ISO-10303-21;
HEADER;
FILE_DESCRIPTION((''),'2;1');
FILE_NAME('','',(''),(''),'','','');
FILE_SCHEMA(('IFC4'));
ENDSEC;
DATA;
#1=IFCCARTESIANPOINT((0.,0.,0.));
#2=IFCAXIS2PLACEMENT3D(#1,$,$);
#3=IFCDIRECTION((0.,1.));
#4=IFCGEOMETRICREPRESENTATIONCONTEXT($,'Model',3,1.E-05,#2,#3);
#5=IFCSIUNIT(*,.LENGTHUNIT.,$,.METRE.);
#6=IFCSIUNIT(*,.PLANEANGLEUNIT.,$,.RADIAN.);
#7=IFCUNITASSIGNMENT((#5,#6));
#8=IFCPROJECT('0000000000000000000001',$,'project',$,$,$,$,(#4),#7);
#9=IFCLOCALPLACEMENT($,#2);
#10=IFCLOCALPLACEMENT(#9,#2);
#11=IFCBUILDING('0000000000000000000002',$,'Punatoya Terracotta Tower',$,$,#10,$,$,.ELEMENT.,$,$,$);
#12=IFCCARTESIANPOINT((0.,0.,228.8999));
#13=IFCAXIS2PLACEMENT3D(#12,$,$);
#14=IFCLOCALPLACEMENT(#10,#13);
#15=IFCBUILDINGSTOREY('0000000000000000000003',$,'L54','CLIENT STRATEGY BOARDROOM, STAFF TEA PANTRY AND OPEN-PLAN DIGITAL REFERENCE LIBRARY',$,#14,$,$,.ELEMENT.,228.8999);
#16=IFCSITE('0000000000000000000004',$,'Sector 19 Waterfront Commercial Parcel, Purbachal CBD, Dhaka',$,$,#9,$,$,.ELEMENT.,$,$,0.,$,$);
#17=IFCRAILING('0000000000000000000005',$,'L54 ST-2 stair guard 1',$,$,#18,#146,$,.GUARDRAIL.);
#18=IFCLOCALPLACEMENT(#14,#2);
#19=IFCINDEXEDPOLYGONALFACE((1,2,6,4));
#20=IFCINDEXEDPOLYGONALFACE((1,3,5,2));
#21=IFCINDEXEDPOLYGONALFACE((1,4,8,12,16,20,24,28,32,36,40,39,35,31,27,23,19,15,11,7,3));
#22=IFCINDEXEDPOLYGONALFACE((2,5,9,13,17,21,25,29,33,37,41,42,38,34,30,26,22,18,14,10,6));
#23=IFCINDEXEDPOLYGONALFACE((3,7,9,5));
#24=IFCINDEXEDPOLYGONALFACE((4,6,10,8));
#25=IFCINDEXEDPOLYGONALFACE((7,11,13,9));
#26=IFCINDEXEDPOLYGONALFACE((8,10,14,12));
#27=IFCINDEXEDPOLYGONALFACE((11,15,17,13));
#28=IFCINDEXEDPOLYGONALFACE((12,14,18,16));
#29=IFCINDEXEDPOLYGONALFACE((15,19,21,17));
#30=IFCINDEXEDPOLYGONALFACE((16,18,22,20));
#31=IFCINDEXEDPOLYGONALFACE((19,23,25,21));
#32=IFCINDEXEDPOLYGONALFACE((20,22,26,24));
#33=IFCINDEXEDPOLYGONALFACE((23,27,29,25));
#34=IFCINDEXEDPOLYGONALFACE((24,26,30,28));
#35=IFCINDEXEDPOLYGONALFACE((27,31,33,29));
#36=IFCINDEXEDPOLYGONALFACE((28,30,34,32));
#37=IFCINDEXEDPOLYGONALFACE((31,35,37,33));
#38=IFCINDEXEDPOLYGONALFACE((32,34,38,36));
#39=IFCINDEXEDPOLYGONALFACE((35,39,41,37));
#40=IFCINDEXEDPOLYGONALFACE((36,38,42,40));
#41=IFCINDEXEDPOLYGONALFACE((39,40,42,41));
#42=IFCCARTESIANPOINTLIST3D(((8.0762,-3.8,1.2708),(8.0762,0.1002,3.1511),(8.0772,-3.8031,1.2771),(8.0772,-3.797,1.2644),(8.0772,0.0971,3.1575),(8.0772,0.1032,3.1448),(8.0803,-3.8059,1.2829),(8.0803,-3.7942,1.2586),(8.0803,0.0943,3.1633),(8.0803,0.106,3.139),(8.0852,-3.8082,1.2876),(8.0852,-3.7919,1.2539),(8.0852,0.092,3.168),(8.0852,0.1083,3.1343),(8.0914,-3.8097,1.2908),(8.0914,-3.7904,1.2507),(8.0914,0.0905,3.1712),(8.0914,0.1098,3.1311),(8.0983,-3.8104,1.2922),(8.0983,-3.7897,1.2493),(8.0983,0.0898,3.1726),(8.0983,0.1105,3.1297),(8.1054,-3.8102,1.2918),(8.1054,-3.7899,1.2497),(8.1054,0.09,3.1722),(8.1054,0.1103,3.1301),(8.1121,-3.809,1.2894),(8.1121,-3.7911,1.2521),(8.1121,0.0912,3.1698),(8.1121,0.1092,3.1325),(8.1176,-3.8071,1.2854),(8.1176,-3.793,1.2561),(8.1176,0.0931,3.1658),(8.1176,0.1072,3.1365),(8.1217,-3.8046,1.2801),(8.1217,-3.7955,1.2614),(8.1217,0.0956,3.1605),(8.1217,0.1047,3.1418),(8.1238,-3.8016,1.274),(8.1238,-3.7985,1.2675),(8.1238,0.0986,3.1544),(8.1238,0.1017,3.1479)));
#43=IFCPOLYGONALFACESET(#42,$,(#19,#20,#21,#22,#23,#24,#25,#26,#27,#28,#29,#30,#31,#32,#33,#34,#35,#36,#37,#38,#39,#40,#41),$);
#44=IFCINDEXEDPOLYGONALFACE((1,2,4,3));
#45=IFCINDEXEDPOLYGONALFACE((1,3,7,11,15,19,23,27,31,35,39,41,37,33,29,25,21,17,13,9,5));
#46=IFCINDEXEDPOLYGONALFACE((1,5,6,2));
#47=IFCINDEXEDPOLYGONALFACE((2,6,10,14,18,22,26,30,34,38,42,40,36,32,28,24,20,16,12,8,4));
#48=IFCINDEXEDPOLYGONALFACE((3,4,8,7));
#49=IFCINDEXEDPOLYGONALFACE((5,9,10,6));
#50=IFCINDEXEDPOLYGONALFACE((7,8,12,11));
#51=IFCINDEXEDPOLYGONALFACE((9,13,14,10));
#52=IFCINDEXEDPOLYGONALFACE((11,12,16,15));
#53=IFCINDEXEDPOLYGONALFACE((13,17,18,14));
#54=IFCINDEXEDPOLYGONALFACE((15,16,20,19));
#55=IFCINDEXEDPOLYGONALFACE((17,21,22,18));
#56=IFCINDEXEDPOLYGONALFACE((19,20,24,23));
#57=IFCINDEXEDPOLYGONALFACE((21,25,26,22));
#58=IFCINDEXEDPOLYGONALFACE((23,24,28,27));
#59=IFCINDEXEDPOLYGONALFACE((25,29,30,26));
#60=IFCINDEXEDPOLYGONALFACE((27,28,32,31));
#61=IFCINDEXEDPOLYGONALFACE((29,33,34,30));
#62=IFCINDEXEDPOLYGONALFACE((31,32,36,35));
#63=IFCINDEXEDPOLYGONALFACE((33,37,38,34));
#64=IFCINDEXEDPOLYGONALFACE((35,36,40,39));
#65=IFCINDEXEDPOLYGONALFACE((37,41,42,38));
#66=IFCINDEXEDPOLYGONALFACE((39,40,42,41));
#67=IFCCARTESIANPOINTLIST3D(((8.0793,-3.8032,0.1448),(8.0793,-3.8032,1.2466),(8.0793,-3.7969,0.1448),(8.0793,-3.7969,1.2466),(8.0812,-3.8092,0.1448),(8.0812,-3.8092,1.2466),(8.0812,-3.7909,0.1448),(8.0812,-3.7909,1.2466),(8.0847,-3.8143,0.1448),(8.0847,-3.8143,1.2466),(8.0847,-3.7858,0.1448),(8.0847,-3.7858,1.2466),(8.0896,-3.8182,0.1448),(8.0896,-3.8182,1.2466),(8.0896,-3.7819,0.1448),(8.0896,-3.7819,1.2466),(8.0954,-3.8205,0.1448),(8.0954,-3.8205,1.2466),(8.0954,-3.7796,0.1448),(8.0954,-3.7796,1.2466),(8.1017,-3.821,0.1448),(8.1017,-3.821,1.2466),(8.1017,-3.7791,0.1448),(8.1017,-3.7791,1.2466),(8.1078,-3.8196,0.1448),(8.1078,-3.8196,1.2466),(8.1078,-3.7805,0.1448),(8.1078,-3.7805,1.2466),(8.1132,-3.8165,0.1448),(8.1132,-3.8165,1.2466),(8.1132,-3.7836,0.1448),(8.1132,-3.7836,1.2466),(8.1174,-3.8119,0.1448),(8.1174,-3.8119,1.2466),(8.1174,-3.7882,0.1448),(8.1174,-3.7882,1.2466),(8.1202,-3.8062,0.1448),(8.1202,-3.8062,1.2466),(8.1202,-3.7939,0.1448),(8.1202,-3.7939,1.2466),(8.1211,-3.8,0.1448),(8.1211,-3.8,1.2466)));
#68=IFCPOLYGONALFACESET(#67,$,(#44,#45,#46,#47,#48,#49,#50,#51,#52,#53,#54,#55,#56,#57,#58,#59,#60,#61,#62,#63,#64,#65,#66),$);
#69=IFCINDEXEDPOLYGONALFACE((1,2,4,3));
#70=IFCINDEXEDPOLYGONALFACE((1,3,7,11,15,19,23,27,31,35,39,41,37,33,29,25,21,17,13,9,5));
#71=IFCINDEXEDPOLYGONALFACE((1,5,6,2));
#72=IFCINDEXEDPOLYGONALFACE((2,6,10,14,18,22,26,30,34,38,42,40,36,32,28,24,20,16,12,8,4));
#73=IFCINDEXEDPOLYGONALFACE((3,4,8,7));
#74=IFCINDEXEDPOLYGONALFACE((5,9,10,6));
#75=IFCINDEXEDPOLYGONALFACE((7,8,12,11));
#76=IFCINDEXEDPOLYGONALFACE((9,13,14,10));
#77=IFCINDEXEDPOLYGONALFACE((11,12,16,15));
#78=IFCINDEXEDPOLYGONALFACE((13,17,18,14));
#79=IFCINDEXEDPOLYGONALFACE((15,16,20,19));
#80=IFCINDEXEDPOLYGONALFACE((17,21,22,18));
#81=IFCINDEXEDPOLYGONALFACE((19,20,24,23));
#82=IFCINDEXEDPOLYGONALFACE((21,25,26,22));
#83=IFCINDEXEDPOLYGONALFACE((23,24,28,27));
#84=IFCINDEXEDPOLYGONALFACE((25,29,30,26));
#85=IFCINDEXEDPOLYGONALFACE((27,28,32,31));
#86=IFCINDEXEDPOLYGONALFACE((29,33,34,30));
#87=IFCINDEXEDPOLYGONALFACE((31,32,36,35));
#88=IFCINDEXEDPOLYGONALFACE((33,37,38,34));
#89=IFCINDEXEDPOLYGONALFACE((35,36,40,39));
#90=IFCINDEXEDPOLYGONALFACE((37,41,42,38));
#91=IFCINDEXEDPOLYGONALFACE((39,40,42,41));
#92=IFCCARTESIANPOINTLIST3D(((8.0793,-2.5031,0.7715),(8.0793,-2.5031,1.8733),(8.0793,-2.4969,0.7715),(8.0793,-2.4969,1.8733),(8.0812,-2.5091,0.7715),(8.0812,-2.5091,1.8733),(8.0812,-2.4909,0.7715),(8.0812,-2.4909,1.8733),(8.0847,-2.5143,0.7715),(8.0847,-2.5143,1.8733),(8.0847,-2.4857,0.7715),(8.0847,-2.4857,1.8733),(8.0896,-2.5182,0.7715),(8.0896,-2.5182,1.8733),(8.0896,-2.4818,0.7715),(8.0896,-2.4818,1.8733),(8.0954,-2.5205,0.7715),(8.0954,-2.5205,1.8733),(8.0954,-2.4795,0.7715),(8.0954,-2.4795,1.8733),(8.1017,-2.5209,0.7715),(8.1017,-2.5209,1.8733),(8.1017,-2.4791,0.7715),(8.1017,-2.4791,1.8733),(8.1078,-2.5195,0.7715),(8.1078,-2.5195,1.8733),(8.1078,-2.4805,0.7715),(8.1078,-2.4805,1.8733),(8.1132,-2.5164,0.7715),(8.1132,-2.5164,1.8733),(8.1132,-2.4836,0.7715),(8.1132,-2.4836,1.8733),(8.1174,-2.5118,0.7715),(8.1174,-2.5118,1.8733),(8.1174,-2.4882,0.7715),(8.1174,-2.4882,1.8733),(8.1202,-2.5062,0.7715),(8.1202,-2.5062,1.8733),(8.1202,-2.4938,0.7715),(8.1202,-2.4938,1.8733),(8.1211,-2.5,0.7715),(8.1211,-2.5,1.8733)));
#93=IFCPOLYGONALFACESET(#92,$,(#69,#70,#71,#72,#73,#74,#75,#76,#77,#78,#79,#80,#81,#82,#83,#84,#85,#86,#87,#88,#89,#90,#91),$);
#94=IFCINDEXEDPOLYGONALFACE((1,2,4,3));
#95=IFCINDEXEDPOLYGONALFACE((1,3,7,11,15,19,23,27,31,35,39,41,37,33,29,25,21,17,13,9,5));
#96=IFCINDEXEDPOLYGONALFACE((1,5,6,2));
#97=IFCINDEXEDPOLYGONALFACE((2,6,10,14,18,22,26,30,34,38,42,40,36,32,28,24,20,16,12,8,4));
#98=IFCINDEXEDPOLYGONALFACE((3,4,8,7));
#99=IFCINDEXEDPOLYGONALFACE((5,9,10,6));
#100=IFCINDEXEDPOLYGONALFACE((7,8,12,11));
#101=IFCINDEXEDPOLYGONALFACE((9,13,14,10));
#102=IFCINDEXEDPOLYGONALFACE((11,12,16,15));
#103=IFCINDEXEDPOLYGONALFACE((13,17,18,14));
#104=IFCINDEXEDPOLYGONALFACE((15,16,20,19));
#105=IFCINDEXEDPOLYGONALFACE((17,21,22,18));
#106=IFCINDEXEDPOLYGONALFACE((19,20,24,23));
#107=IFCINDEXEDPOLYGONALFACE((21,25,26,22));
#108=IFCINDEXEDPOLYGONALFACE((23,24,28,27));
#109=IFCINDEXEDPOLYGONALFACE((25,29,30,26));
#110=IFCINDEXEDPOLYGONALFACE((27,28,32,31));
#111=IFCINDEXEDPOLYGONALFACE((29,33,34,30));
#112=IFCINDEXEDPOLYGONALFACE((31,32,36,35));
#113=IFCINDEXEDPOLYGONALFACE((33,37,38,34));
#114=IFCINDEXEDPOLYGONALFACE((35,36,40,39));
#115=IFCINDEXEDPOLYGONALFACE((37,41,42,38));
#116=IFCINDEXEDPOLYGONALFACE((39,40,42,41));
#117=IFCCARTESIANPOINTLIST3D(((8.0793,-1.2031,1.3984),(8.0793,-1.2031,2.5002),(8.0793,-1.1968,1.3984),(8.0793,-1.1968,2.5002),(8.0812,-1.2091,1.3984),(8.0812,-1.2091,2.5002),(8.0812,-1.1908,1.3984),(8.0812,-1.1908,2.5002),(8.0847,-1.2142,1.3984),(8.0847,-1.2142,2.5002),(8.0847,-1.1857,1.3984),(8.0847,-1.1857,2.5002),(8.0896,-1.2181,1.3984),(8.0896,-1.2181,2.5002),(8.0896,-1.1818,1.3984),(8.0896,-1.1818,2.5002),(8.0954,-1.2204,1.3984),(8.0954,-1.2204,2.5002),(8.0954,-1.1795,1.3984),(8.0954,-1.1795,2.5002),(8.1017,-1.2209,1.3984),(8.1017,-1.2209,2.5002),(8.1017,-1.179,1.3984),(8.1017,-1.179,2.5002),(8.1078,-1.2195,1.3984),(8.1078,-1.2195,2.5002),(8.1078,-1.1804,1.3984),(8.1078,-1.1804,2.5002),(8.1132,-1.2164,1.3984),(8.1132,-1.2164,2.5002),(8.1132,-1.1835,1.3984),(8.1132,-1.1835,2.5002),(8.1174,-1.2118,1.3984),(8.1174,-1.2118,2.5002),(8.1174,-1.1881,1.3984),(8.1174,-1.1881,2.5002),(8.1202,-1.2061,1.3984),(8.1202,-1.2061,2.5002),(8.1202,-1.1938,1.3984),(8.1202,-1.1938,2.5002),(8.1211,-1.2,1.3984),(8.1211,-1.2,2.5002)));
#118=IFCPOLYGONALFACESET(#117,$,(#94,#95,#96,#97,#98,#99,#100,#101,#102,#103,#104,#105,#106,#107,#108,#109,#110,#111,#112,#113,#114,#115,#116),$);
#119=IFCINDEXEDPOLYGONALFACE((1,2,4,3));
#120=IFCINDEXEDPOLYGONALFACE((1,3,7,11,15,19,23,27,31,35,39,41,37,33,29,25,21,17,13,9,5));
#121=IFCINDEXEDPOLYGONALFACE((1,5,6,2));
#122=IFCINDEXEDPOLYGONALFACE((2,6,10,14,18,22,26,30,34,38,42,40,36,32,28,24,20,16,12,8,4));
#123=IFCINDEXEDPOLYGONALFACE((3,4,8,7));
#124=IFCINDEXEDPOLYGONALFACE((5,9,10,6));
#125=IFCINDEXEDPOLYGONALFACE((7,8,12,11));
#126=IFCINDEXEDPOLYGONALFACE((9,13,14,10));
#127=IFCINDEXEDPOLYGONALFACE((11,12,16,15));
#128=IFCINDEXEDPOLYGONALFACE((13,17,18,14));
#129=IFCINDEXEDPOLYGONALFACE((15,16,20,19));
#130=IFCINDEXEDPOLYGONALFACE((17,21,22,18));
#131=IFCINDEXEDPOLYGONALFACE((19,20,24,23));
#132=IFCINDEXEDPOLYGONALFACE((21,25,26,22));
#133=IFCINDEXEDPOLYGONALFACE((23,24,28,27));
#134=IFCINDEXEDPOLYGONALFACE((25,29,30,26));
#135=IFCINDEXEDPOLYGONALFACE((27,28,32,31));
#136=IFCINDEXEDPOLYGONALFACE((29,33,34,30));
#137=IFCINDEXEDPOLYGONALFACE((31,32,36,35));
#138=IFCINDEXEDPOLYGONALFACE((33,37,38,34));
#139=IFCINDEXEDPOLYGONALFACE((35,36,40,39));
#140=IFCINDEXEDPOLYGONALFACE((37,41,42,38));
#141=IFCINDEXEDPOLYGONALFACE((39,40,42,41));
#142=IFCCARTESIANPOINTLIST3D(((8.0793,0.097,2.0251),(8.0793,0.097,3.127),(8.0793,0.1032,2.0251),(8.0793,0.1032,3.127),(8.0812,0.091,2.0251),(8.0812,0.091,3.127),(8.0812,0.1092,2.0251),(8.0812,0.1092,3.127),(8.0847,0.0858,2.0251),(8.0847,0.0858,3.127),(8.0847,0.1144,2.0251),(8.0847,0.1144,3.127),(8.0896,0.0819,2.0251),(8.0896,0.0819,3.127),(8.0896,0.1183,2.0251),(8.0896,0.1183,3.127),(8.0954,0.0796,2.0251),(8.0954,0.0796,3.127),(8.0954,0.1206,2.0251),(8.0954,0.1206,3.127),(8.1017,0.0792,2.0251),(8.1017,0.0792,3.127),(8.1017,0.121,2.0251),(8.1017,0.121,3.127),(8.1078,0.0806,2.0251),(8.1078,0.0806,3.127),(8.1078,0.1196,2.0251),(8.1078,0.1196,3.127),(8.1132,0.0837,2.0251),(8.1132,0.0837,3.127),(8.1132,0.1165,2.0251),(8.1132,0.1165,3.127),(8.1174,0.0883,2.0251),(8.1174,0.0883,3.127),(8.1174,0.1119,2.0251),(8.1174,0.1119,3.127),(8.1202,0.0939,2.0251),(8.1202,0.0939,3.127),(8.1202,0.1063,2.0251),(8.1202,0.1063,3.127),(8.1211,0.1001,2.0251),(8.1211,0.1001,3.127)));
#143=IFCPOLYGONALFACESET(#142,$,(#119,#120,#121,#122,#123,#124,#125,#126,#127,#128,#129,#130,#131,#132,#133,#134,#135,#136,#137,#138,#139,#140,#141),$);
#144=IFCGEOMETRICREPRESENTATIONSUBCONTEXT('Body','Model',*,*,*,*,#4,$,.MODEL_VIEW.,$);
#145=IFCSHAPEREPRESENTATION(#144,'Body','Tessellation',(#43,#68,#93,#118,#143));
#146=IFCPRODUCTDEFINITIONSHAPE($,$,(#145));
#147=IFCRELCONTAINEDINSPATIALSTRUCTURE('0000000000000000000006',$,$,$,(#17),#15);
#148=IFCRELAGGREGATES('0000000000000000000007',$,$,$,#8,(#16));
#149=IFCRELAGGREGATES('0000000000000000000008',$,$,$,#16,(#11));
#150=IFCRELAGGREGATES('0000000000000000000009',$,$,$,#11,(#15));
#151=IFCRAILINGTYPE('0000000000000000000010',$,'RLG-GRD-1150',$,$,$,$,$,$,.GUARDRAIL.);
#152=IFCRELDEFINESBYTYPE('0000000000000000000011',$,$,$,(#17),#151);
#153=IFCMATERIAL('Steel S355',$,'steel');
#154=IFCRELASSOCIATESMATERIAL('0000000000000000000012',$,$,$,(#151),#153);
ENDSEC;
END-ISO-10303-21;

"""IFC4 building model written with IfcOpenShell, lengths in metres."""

from ifc_helpers import new_model, si_unit, direction, frame, origin, origin_2d, place, context, subcontext, project, spatial, circle, extrude, material, type_object, element, save


model = new_model("IFC4")

# Units and contexts
model_context = context("Model", 3, precision=1e-05, world=origin(), true_north=direction((0.0, 1.0)))
body_context = subcontext(model_context, "Body", "Model", "MODEL_VIEW")
ifc_project = project(units=[si_unit("LENGTHUNIT", "METRE"), si_unit("PLANEANGLEUNIT", "RADIAN")], contexts=[model_context])

# Site, building, storey
site_placement = place(None, origin())
site = spatial("IfcSite", under=ifc_project, at=site_placement, Name="Sector 19 Waterfront Commercial Parcel, Purbachal CBD, Dhaka", CompositionType="ELEMENT", RefElevation=0.0)
building_placement = place(site_placement, origin())
building = spatial("IfcBuilding", under=site, at=building_placement, Name="Punatoya Terracotta Tower", CompositionType="ELEMENT")
storey_placement = place(building_placement, frame((0.0, 0.0, 228.8999)))
storey = spatial("IfcBuildingStorey", under=building, at=storey_placement, Name="L54", Description="CLIENT STRATEGY BOARDROOM, STAFF TEA PANTRY AND OPEN-PLAN DIGITAL REFERENCE LIBRARY", CompositionType="ELEMENT", Elevation=228.8999)

# Railing
ifc_material_1 = material(Name="Steel S355", Category="steel")
railing_type_1 = type_object("IfcRailingType", Name="RLG-GRD-1150", PredefinedType="GUARDRAIL", material=ifc_material_1)
railing_1_placement = place(storey_placement, frame((8.1001, -3.8, 0.1448)))
element("IfcRailing", 1, at=railing_1_placement, inside=storey, type_object=railing_type_1, Name="L54 ST-2 stair guard 1", PredefinedType="GUARDRAIL", context=body_context, shape_type="SweptSolid", body=[
    extrude(circle(Radius=0.0239, at=origin_2d()), frame((0.0, 0.0, 1.126), z_axis=(0.0, 0.900774, 0.434289), x_axis=(-1.0, 0.0, 0.0)), (0.0, 0.0, 1.0), 4.3298),
    extrude(circle(Radius=0.021, at=origin_2d()), origin(), (0.0, 0.0, 1.0), 1.1018),
    extrude(circle(Radius=0.021, at=origin_2d()), frame((0.0, 1.3, 0.6267)), (0.0, 0.0, 1.0), 1.1018),
    extrude(circle(Radius=0.021, at=origin_2d()), frame((0.0, 2.6001, 1.2537)), (0.0, 0.0, 1.0), 1.1018),
    extrude(circle(Radius=0.021, at=origin_2d()), frame((0.0, 3.9001, 1.8804)), (0.0, 0.0, 1.0), 1.1018),
])

save(model, "model.ifc")
